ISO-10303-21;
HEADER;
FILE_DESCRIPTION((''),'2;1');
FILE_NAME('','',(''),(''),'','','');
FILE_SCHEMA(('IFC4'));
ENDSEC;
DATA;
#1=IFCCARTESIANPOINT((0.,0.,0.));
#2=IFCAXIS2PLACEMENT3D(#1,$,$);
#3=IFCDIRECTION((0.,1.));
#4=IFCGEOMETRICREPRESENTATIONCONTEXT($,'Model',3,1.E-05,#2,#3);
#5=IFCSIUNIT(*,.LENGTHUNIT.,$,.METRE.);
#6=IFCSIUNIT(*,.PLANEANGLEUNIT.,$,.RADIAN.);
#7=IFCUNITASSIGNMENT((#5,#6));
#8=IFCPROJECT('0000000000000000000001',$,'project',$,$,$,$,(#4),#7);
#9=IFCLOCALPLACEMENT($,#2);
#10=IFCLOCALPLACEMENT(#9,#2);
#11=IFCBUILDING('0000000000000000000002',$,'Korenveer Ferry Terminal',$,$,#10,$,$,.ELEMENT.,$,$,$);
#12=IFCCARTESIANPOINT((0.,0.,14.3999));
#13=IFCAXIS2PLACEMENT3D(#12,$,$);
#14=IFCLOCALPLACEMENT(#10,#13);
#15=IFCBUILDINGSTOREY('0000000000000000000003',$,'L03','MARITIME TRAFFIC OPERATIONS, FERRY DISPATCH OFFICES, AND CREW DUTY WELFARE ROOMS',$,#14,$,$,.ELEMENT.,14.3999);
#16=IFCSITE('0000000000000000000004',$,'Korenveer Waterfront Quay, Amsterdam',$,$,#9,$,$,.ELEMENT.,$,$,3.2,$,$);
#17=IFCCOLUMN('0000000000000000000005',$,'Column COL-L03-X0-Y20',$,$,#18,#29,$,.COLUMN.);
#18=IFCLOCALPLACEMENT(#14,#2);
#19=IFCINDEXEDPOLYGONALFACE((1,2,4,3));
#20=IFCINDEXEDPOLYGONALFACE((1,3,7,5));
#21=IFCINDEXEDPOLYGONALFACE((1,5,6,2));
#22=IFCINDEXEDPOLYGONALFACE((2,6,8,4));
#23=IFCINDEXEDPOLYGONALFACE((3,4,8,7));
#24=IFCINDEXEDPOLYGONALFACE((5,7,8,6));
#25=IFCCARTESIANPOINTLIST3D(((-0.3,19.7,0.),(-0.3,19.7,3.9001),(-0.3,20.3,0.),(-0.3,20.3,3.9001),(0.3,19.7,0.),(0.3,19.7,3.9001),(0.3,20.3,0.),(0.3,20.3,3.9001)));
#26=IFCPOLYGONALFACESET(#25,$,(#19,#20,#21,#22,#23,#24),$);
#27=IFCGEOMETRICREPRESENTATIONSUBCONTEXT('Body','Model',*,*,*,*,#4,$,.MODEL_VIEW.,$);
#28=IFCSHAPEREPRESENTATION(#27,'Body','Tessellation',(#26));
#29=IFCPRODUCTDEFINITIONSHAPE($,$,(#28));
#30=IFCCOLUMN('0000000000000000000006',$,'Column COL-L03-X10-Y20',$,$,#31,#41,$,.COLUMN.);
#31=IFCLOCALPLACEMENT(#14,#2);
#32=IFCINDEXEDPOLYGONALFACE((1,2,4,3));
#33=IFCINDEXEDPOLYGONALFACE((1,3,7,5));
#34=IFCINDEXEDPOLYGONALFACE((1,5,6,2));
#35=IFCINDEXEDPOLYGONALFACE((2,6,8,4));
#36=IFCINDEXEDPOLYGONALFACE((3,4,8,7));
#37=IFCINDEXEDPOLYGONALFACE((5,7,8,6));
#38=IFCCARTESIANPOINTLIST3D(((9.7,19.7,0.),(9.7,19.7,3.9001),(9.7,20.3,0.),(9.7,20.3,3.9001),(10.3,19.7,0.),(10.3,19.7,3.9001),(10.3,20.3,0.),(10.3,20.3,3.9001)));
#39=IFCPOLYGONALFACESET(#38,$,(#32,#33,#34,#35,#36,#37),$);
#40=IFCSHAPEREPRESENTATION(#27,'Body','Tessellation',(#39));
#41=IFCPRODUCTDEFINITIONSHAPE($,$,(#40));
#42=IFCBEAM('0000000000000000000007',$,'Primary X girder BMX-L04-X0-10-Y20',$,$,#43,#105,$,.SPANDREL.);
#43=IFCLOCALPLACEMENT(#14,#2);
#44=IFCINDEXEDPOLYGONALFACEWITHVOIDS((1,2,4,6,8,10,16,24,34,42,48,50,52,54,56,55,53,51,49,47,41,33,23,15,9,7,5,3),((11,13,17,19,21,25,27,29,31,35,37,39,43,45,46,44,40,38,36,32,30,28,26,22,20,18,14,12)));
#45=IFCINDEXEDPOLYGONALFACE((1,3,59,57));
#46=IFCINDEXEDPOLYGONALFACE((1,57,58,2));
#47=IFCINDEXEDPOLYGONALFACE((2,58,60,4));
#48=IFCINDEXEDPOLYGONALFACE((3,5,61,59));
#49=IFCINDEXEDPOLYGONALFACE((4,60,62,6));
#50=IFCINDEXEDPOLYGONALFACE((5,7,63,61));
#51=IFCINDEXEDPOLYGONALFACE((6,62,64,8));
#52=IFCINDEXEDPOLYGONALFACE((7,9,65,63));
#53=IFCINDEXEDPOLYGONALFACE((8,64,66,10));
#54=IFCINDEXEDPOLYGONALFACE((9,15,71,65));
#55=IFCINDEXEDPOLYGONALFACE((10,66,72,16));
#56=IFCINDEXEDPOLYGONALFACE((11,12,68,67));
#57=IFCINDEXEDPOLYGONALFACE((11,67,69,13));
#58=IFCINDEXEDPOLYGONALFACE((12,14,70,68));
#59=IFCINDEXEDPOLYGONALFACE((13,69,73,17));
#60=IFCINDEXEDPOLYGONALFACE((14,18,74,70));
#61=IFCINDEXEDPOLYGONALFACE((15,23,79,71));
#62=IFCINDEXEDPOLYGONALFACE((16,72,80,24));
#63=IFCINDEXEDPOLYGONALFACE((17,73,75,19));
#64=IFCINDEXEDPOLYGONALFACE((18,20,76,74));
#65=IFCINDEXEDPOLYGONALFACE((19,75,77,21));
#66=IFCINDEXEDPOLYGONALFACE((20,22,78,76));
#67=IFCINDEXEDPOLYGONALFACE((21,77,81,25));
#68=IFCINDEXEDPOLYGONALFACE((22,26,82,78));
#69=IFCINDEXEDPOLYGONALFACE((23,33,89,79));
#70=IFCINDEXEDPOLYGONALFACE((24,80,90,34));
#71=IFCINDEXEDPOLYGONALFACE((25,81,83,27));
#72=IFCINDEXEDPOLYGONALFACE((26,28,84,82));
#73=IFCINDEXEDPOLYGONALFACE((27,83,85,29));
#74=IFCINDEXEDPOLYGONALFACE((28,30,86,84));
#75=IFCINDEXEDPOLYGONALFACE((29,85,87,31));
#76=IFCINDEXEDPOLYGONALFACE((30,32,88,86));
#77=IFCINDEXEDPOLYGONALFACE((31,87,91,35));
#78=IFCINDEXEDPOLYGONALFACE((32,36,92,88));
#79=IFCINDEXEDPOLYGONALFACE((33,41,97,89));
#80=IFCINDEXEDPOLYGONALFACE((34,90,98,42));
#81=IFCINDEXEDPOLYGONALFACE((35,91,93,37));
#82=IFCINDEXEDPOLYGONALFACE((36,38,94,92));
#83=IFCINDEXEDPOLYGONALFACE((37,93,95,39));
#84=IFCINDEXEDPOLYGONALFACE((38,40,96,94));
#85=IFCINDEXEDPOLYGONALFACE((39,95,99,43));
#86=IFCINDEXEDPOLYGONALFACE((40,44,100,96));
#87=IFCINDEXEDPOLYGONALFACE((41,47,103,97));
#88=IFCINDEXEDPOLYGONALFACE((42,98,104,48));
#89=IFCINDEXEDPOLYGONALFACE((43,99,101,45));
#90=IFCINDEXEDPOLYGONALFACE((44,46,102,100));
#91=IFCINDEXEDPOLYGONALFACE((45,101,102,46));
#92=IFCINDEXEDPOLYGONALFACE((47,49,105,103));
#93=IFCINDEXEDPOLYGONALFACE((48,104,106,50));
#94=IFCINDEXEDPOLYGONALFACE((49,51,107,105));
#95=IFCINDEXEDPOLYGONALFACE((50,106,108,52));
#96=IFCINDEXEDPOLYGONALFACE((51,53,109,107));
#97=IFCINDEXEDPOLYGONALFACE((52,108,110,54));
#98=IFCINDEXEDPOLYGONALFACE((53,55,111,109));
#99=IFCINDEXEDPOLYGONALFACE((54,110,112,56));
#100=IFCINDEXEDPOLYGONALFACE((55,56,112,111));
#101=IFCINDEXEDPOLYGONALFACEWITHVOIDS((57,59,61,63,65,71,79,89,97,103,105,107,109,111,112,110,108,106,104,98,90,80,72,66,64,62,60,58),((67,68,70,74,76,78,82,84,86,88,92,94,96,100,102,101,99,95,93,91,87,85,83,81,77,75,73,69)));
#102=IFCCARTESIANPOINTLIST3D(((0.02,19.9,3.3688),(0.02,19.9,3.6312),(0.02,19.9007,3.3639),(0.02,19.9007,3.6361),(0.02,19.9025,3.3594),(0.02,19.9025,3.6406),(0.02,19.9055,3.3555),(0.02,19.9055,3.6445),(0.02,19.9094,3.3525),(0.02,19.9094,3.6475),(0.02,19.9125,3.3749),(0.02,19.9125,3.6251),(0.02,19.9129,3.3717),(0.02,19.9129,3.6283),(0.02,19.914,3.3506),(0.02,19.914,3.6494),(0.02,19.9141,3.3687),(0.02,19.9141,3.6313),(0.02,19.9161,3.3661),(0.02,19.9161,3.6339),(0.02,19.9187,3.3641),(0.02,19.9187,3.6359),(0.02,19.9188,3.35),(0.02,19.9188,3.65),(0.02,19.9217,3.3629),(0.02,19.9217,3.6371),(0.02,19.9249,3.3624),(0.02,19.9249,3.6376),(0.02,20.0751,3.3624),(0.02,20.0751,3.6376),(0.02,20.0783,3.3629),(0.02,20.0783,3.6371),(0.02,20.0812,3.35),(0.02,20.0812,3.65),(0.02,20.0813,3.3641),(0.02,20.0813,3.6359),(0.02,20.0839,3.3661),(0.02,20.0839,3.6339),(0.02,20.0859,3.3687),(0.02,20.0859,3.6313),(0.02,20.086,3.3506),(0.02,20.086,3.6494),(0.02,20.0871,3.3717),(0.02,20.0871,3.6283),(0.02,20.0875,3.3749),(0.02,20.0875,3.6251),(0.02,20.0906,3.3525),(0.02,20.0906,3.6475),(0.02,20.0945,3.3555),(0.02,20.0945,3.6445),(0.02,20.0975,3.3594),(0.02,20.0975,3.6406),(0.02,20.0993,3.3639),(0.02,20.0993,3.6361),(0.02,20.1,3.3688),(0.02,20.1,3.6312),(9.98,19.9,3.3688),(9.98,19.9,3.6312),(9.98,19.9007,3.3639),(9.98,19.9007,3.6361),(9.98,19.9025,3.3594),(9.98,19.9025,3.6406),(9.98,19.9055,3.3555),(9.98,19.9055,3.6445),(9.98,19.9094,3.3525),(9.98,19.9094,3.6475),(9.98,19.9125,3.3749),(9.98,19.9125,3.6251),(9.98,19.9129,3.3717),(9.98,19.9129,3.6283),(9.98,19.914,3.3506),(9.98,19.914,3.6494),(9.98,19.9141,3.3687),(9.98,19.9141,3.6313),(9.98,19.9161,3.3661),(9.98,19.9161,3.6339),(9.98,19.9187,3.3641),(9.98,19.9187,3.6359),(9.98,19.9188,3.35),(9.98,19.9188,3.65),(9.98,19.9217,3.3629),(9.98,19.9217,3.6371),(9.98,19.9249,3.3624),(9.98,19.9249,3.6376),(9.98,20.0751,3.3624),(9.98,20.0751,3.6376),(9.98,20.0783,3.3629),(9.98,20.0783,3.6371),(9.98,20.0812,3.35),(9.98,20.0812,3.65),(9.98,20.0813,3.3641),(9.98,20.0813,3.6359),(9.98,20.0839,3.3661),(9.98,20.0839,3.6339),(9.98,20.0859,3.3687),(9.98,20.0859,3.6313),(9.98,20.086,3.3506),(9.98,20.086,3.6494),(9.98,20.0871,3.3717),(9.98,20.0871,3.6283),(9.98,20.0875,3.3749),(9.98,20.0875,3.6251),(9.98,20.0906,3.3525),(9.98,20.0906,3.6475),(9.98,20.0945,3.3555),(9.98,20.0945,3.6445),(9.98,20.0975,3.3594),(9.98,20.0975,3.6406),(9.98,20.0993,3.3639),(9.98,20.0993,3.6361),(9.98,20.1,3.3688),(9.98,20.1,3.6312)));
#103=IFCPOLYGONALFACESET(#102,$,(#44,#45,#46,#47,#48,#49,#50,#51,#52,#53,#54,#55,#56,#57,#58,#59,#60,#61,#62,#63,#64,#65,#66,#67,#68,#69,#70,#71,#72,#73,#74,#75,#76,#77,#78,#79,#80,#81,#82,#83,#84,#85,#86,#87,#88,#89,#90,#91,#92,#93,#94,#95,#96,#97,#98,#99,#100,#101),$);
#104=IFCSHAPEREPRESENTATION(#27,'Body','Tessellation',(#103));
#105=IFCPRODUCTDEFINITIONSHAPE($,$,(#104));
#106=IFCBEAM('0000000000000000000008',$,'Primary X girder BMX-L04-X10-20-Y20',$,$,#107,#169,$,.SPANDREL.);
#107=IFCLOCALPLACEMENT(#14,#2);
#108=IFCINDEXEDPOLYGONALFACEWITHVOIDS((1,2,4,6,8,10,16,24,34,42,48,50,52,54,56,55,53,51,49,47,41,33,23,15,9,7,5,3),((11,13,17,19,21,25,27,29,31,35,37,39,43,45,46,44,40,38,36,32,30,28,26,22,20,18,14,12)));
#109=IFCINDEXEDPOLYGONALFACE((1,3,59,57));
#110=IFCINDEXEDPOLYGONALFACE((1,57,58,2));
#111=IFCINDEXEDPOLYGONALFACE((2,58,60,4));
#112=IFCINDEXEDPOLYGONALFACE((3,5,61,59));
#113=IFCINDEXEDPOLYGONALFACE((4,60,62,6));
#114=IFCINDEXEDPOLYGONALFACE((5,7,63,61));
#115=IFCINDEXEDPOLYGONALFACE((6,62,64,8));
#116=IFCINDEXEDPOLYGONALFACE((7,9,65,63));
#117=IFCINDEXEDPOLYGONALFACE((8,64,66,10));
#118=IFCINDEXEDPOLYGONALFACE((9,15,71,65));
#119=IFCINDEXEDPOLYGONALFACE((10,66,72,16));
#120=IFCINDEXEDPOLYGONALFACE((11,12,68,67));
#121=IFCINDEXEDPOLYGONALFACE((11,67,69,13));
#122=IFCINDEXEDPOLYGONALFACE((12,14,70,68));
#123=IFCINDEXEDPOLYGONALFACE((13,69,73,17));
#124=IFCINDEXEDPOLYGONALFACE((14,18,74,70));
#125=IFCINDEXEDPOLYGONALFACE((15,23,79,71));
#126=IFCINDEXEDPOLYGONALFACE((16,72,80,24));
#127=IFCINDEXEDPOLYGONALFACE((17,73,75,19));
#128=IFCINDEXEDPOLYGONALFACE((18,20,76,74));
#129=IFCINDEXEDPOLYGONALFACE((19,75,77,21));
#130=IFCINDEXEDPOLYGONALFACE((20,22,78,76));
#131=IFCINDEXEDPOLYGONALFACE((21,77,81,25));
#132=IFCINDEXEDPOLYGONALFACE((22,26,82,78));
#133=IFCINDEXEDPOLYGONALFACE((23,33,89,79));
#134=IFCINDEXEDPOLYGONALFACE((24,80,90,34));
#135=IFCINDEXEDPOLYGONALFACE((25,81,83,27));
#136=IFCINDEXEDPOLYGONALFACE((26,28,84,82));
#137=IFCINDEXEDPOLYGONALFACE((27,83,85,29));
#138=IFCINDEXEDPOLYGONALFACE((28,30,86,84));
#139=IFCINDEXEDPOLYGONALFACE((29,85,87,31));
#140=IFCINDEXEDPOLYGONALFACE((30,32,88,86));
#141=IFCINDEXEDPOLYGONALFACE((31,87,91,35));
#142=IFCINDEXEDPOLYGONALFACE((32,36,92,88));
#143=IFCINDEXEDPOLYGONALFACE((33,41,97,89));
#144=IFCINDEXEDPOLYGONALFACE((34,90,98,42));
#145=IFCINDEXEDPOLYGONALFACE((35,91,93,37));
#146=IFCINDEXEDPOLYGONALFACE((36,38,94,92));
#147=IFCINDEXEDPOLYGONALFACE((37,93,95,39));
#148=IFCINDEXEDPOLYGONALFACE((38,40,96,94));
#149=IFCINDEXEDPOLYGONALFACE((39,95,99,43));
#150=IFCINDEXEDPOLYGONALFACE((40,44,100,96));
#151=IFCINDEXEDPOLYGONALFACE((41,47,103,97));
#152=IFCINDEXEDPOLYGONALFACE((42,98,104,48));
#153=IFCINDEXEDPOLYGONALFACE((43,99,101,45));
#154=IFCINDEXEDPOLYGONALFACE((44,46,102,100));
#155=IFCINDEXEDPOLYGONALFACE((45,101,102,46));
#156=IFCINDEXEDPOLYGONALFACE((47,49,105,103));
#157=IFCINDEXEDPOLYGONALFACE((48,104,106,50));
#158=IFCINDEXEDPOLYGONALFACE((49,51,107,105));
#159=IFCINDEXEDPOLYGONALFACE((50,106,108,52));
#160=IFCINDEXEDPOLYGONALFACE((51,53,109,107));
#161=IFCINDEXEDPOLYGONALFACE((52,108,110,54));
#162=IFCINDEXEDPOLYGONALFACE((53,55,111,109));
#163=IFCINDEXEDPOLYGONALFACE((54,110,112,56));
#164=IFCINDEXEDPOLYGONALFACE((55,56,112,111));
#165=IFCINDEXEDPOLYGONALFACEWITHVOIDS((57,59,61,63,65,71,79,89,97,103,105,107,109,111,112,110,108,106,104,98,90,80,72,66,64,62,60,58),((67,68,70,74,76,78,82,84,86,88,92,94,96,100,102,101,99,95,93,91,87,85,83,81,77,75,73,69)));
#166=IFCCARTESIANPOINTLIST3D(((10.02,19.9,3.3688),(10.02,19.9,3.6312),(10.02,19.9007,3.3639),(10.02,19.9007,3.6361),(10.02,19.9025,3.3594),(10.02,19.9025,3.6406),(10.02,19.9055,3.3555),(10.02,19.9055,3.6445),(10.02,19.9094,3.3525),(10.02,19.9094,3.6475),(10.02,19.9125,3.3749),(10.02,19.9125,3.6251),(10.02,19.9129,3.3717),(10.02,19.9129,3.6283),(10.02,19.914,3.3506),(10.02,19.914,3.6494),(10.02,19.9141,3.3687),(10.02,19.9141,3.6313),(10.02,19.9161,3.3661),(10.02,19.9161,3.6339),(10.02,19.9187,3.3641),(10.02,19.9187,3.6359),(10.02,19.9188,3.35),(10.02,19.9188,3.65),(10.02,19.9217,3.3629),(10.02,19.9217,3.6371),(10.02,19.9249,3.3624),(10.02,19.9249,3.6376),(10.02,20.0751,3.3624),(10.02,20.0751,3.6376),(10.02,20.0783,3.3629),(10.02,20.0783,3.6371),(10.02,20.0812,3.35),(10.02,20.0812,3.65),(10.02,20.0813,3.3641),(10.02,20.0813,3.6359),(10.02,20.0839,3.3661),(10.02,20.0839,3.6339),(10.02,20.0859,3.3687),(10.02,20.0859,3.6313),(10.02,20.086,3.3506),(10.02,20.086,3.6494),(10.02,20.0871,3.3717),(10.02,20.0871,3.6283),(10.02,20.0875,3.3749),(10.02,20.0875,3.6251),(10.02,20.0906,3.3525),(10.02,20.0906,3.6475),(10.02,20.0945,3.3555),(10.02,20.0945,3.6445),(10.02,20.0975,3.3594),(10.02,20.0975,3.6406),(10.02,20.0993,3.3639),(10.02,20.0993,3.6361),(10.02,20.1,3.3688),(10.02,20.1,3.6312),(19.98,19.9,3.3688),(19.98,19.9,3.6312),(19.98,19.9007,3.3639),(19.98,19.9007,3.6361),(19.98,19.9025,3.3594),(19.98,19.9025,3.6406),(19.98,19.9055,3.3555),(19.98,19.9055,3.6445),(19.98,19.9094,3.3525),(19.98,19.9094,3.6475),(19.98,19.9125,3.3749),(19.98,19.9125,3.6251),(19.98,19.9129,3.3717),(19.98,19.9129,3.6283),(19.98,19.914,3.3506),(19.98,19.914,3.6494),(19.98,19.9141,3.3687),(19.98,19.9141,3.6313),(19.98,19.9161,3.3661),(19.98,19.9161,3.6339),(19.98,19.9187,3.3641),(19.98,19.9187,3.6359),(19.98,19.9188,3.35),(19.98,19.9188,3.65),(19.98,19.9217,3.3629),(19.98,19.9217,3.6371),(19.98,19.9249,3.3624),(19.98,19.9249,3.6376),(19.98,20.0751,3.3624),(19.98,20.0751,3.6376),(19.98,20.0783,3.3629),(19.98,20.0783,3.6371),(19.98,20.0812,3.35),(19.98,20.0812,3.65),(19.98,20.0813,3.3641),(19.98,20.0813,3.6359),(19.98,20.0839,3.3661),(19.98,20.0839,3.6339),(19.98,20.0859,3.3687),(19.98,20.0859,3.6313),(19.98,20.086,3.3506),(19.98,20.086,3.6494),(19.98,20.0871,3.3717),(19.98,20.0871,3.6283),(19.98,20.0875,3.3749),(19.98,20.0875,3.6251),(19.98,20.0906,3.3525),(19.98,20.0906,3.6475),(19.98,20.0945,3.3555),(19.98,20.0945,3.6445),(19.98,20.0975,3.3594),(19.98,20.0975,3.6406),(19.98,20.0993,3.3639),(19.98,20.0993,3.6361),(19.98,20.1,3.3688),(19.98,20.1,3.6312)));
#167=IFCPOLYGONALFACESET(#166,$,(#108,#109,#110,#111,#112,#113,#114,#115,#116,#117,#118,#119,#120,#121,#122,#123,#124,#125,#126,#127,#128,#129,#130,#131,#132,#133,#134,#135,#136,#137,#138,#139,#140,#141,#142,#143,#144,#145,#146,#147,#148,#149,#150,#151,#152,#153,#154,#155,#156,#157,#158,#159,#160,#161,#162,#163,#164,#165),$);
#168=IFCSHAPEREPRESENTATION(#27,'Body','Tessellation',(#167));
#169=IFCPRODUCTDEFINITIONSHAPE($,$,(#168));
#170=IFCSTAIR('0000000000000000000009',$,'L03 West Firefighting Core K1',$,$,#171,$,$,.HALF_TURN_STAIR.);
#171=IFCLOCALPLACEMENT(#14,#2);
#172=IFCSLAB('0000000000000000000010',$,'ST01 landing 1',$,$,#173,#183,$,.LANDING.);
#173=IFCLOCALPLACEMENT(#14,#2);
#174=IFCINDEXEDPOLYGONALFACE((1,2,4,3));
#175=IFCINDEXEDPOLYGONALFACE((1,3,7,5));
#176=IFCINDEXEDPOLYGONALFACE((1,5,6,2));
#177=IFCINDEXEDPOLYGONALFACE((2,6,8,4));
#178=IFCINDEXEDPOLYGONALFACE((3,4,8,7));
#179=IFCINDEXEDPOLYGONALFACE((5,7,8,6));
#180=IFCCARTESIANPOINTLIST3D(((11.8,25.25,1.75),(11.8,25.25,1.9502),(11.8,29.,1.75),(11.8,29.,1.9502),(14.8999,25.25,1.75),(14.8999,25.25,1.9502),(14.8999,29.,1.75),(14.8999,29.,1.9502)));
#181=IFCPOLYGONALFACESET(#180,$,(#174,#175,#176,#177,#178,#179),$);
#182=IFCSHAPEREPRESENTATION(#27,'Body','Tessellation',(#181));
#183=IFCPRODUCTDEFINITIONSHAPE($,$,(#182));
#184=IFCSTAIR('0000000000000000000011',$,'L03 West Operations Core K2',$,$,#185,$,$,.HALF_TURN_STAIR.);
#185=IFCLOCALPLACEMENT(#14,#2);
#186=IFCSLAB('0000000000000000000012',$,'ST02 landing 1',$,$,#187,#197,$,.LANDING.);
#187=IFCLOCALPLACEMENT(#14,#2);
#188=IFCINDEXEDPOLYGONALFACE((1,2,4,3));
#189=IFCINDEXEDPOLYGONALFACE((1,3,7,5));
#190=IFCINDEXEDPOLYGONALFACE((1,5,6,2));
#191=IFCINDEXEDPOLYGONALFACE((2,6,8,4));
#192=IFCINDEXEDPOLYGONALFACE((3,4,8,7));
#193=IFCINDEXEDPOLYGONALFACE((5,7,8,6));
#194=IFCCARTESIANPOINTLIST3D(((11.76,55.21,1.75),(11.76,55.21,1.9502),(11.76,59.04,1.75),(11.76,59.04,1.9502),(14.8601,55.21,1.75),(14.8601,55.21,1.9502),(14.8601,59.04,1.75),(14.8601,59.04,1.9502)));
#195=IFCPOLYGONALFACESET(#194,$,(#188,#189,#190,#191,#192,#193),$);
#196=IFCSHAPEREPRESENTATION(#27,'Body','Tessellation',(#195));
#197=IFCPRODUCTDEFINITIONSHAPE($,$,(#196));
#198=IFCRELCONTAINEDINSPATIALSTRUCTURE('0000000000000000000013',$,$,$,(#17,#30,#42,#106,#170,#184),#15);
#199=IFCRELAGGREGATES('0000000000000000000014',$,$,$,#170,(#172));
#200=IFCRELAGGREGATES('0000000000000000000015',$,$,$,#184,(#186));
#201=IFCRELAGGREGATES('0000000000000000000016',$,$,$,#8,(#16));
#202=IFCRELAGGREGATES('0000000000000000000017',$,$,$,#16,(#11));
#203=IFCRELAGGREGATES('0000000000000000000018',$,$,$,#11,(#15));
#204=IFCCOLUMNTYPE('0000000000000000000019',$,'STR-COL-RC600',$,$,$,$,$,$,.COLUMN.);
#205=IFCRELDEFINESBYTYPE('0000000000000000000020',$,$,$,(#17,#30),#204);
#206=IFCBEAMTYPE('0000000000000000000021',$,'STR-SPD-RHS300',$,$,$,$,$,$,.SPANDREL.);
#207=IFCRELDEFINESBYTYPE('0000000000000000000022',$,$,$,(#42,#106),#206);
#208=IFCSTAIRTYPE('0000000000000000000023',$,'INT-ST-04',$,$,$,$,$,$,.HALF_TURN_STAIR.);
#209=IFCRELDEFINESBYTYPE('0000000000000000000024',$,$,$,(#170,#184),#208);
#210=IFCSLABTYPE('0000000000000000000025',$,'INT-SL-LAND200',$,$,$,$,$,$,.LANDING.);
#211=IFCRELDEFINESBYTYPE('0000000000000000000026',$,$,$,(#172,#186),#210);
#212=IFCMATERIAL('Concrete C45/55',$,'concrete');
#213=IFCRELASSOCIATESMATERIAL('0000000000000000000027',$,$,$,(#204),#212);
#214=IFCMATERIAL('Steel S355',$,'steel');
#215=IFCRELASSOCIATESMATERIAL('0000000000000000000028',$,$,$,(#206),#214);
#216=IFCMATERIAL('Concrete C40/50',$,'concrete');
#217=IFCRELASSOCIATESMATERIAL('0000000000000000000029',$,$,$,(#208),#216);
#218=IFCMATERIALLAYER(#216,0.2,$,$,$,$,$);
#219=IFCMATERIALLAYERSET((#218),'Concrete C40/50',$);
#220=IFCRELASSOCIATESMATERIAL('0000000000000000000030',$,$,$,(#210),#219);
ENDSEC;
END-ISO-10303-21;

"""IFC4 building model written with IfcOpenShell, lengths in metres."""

from ifc_helpers import new_model, si_unit, direction, frame, origin, origin_2d, place, context, subcontext, project, spatial, polyline, rectangle, hollow_rectangle, outline, extrude, material, layer, layer_set, material_profile, profile_set, type_object, element, aggregate, save


model = new_model("IFC4")

# Units and contexts
model_context = context("Model", 3, precision=1e-05, world=origin(), true_north=direction((0.0, 1.0)))
body_context = subcontext(model_context, "Body", "Model", "MODEL_VIEW")
ifc_project = project(units=[si_unit("LENGTHUNIT", "METRE"), si_unit("PLANEANGLEUNIT", "RADIAN")], contexts=[model_context])

# Site, building, storey
site_placement = place(None, origin())
site = spatial("IfcSite", under=ifc_project, at=site_placement, Name="Korenveer Waterfront Quay, Amsterdam", CompositionType="ELEMENT", RefElevation=3.2)
building_placement = place(site_placement, origin())
building = spatial("IfcBuilding", under=site, at=building_placement, Name="Korenveer Ferry Terminal", CompositionType="ELEMENT")
storey_placement = place(building_placement, frame((0.0, 0.0, 14.3999)))
storey = spatial("IfcBuildingStorey", under=building, at=storey_placement, Name="L03", Description="MARITIME TRAFFIC OPERATIONS, FERRY DISPATCH OFFICES, AND CREW DUTY WELFARE ROOMS", CompositionType="ELEMENT", Elevation=14.3999)

# Columns
ifc_material_1 = material(Name="Concrete C45/55", Category="concrete")
ifc_material_profile_1 = material_profile(ifc_material_1, rectangle(XDim=0.6001, YDim=0.6001, at=origin_2d()), Name="RC 600x600")
ifc_profile_set_1 = profile_set([ifc_material_profile_1], Name="Concrete C45/55")
column_type = type_object("IfcColumnType", Name="STR-COL-RC600", PredefinedType="COLUMN", material=ifc_profile_set_1)
for number, where, z_axis, x_axis, name in (
    (1, (0.0, 20.0, 0.0), (0.0, 0.0, 1.0), (1.0, 0.0, 0.0), "Column COL-L03-X0-Y20"),
    (2, (10.0, 20.0, 0.0), (0.0, 0.0, 1.0), (1.0, 0.0, 0.0), "Column COL-L03-X10-Y20"),
):
    element("IfcColumn", number, at=place(storey_placement, frame(where, z_axis=z_axis, x_axis=x_axis)), inside=storey, type_object=column_type, Name=name, PredefinedType="COLUMN", context=body_context, shape_type="SweptSolid", body=[
        extrude(rectangle(XDim=0.6001, YDim=0.6001, at=origin_2d()), origin(), (0.0, 0.0, 1.0), 3.9001),
    ])

# Beams
ifc_material_2 = material(Name="Steel S355", Category="steel")
ifc_material_profile_2 = material_profile(ifc_material_2, hollow_rectangle(XDim=0.2, YDim=0.3, WallThickness=0.0125, InnerFilletRadius=0.0125, OuterFilletRadius=0.0188, at=origin_2d()), Name="RHS 300x200x12.5")
ifc_profile_set_2 = profile_set([ifc_material_profile_2], Name="Steel S355")
beam_type = type_object("IfcBeamType", Name="STR-SPD-RHS300", PredefinedType="SPANDREL", material=ifc_profile_set_2)
for number, where, z_axis, x_axis, name in (
    (3, (0.02, 20.0, 3.5), (1.0, 0.0, 0.0), (0.0, 1.0, 0.0), "Primary X girder BMX-L04-X0-10-Y20"),
    (4, (10.02, 20.0, 3.5), (1.0, 0.0, 0.0), (0.0, 1.0, 0.0), "Primary X girder BMX-L04-X10-20-Y20"),
):
    element("IfcBeam", number, at=place(storey_placement, frame(where, z_axis=z_axis, x_axis=x_axis)), inside=storey, type_object=beam_type, Name=name, PredefinedType="SPANDREL", context=body_context, shape_type="SweptSolid", body=[
        extrude(hollow_rectangle(XDim=0.2, YDim=0.3, WallThickness=0.0125, InnerFilletRadius=0.0125, OuterFilletRadius=0.0188, at=origin_2d()), origin(), (0.0, 0.0, 1.0), 9.96),
    ])

# Stairs, slabs
ifc_material_3 = material(Name="Concrete C40/50", Category="concrete")
stair_type = type_object("IfcStairType", Name="INT-ST-04", PredefinedType="HALF_TURN_STAIR", material=ifc_material_3)
stair_1_placement = place(storey_placement, frame((14.175, 22.45, 0.0)))
stair_1 = element("IfcStair", 5, at=stair_1_placement, inside=storey, type_object=stair_type, Name="L03 West Firefighting Core K1", PredefinedType="HALF_TURN_STAIR")
ifc_layer_1 = layer(ifc_material_3, 0.2)
ifc_layer_set_1 = layer_set([ifc_layer_1], Name="Concrete C40/50")
slab_type_1 = type_object("IfcSlabType", Name="INT-SL-LAND200", PredefinedType="LANDING", material=ifc_layer_set_1)
slab_1_placement = place(storey_placement, frame((0.0, 0.0, 1.75)))
slab_1 = element("IfcSlab", 6, at=slab_1_placement, type_object=slab_type_1, Name="ST01 landing 1", PredefinedType="LANDING", context=body_context, shape_type="SweptSolid", body=[
    extrude(outline(polyline([(14.8999, 25.25), (14.8999, 29.0), (11.8, 29.0), (11.8, 25.25), (14.8999, 25.25)])), origin(), (0.0, 0.0, 1.0), 0.2002),
])
aggregate(stair_1, [slab_1])
stair_2_placement = place(storey_placement, frame((14.135, 52.4099, 0.0)))
stair_2 = element("IfcStair", 7, at=stair_2_placement, inside=storey, type_object=stair_type, Name="L03 West Operations Core K2", PredefinedType="HALF_TURN_STAIR")
slab_2_placement = place(storey_placement, frame((0.0, 0.0, 1.75)))
slab_2 = element("IfcSlab", 8, at=slab_2_placement, type_object=slab_type_1, Name="ST02 landing 1", PredefinedType="LANDING", context=body_context, shape_type="SweptSolid", body=[
    extrude(outline(polyline([(14.8601, 55.21), (14.8601, 59.04), (11.76, 59.04), (11.76, 55.21), (14.8601, 55.21)])), origin(), (0.0, 0.0, 1.0), 0.2002),
])
aggregate(stair_2, [slab_2])

save(model, "model.ifc")
